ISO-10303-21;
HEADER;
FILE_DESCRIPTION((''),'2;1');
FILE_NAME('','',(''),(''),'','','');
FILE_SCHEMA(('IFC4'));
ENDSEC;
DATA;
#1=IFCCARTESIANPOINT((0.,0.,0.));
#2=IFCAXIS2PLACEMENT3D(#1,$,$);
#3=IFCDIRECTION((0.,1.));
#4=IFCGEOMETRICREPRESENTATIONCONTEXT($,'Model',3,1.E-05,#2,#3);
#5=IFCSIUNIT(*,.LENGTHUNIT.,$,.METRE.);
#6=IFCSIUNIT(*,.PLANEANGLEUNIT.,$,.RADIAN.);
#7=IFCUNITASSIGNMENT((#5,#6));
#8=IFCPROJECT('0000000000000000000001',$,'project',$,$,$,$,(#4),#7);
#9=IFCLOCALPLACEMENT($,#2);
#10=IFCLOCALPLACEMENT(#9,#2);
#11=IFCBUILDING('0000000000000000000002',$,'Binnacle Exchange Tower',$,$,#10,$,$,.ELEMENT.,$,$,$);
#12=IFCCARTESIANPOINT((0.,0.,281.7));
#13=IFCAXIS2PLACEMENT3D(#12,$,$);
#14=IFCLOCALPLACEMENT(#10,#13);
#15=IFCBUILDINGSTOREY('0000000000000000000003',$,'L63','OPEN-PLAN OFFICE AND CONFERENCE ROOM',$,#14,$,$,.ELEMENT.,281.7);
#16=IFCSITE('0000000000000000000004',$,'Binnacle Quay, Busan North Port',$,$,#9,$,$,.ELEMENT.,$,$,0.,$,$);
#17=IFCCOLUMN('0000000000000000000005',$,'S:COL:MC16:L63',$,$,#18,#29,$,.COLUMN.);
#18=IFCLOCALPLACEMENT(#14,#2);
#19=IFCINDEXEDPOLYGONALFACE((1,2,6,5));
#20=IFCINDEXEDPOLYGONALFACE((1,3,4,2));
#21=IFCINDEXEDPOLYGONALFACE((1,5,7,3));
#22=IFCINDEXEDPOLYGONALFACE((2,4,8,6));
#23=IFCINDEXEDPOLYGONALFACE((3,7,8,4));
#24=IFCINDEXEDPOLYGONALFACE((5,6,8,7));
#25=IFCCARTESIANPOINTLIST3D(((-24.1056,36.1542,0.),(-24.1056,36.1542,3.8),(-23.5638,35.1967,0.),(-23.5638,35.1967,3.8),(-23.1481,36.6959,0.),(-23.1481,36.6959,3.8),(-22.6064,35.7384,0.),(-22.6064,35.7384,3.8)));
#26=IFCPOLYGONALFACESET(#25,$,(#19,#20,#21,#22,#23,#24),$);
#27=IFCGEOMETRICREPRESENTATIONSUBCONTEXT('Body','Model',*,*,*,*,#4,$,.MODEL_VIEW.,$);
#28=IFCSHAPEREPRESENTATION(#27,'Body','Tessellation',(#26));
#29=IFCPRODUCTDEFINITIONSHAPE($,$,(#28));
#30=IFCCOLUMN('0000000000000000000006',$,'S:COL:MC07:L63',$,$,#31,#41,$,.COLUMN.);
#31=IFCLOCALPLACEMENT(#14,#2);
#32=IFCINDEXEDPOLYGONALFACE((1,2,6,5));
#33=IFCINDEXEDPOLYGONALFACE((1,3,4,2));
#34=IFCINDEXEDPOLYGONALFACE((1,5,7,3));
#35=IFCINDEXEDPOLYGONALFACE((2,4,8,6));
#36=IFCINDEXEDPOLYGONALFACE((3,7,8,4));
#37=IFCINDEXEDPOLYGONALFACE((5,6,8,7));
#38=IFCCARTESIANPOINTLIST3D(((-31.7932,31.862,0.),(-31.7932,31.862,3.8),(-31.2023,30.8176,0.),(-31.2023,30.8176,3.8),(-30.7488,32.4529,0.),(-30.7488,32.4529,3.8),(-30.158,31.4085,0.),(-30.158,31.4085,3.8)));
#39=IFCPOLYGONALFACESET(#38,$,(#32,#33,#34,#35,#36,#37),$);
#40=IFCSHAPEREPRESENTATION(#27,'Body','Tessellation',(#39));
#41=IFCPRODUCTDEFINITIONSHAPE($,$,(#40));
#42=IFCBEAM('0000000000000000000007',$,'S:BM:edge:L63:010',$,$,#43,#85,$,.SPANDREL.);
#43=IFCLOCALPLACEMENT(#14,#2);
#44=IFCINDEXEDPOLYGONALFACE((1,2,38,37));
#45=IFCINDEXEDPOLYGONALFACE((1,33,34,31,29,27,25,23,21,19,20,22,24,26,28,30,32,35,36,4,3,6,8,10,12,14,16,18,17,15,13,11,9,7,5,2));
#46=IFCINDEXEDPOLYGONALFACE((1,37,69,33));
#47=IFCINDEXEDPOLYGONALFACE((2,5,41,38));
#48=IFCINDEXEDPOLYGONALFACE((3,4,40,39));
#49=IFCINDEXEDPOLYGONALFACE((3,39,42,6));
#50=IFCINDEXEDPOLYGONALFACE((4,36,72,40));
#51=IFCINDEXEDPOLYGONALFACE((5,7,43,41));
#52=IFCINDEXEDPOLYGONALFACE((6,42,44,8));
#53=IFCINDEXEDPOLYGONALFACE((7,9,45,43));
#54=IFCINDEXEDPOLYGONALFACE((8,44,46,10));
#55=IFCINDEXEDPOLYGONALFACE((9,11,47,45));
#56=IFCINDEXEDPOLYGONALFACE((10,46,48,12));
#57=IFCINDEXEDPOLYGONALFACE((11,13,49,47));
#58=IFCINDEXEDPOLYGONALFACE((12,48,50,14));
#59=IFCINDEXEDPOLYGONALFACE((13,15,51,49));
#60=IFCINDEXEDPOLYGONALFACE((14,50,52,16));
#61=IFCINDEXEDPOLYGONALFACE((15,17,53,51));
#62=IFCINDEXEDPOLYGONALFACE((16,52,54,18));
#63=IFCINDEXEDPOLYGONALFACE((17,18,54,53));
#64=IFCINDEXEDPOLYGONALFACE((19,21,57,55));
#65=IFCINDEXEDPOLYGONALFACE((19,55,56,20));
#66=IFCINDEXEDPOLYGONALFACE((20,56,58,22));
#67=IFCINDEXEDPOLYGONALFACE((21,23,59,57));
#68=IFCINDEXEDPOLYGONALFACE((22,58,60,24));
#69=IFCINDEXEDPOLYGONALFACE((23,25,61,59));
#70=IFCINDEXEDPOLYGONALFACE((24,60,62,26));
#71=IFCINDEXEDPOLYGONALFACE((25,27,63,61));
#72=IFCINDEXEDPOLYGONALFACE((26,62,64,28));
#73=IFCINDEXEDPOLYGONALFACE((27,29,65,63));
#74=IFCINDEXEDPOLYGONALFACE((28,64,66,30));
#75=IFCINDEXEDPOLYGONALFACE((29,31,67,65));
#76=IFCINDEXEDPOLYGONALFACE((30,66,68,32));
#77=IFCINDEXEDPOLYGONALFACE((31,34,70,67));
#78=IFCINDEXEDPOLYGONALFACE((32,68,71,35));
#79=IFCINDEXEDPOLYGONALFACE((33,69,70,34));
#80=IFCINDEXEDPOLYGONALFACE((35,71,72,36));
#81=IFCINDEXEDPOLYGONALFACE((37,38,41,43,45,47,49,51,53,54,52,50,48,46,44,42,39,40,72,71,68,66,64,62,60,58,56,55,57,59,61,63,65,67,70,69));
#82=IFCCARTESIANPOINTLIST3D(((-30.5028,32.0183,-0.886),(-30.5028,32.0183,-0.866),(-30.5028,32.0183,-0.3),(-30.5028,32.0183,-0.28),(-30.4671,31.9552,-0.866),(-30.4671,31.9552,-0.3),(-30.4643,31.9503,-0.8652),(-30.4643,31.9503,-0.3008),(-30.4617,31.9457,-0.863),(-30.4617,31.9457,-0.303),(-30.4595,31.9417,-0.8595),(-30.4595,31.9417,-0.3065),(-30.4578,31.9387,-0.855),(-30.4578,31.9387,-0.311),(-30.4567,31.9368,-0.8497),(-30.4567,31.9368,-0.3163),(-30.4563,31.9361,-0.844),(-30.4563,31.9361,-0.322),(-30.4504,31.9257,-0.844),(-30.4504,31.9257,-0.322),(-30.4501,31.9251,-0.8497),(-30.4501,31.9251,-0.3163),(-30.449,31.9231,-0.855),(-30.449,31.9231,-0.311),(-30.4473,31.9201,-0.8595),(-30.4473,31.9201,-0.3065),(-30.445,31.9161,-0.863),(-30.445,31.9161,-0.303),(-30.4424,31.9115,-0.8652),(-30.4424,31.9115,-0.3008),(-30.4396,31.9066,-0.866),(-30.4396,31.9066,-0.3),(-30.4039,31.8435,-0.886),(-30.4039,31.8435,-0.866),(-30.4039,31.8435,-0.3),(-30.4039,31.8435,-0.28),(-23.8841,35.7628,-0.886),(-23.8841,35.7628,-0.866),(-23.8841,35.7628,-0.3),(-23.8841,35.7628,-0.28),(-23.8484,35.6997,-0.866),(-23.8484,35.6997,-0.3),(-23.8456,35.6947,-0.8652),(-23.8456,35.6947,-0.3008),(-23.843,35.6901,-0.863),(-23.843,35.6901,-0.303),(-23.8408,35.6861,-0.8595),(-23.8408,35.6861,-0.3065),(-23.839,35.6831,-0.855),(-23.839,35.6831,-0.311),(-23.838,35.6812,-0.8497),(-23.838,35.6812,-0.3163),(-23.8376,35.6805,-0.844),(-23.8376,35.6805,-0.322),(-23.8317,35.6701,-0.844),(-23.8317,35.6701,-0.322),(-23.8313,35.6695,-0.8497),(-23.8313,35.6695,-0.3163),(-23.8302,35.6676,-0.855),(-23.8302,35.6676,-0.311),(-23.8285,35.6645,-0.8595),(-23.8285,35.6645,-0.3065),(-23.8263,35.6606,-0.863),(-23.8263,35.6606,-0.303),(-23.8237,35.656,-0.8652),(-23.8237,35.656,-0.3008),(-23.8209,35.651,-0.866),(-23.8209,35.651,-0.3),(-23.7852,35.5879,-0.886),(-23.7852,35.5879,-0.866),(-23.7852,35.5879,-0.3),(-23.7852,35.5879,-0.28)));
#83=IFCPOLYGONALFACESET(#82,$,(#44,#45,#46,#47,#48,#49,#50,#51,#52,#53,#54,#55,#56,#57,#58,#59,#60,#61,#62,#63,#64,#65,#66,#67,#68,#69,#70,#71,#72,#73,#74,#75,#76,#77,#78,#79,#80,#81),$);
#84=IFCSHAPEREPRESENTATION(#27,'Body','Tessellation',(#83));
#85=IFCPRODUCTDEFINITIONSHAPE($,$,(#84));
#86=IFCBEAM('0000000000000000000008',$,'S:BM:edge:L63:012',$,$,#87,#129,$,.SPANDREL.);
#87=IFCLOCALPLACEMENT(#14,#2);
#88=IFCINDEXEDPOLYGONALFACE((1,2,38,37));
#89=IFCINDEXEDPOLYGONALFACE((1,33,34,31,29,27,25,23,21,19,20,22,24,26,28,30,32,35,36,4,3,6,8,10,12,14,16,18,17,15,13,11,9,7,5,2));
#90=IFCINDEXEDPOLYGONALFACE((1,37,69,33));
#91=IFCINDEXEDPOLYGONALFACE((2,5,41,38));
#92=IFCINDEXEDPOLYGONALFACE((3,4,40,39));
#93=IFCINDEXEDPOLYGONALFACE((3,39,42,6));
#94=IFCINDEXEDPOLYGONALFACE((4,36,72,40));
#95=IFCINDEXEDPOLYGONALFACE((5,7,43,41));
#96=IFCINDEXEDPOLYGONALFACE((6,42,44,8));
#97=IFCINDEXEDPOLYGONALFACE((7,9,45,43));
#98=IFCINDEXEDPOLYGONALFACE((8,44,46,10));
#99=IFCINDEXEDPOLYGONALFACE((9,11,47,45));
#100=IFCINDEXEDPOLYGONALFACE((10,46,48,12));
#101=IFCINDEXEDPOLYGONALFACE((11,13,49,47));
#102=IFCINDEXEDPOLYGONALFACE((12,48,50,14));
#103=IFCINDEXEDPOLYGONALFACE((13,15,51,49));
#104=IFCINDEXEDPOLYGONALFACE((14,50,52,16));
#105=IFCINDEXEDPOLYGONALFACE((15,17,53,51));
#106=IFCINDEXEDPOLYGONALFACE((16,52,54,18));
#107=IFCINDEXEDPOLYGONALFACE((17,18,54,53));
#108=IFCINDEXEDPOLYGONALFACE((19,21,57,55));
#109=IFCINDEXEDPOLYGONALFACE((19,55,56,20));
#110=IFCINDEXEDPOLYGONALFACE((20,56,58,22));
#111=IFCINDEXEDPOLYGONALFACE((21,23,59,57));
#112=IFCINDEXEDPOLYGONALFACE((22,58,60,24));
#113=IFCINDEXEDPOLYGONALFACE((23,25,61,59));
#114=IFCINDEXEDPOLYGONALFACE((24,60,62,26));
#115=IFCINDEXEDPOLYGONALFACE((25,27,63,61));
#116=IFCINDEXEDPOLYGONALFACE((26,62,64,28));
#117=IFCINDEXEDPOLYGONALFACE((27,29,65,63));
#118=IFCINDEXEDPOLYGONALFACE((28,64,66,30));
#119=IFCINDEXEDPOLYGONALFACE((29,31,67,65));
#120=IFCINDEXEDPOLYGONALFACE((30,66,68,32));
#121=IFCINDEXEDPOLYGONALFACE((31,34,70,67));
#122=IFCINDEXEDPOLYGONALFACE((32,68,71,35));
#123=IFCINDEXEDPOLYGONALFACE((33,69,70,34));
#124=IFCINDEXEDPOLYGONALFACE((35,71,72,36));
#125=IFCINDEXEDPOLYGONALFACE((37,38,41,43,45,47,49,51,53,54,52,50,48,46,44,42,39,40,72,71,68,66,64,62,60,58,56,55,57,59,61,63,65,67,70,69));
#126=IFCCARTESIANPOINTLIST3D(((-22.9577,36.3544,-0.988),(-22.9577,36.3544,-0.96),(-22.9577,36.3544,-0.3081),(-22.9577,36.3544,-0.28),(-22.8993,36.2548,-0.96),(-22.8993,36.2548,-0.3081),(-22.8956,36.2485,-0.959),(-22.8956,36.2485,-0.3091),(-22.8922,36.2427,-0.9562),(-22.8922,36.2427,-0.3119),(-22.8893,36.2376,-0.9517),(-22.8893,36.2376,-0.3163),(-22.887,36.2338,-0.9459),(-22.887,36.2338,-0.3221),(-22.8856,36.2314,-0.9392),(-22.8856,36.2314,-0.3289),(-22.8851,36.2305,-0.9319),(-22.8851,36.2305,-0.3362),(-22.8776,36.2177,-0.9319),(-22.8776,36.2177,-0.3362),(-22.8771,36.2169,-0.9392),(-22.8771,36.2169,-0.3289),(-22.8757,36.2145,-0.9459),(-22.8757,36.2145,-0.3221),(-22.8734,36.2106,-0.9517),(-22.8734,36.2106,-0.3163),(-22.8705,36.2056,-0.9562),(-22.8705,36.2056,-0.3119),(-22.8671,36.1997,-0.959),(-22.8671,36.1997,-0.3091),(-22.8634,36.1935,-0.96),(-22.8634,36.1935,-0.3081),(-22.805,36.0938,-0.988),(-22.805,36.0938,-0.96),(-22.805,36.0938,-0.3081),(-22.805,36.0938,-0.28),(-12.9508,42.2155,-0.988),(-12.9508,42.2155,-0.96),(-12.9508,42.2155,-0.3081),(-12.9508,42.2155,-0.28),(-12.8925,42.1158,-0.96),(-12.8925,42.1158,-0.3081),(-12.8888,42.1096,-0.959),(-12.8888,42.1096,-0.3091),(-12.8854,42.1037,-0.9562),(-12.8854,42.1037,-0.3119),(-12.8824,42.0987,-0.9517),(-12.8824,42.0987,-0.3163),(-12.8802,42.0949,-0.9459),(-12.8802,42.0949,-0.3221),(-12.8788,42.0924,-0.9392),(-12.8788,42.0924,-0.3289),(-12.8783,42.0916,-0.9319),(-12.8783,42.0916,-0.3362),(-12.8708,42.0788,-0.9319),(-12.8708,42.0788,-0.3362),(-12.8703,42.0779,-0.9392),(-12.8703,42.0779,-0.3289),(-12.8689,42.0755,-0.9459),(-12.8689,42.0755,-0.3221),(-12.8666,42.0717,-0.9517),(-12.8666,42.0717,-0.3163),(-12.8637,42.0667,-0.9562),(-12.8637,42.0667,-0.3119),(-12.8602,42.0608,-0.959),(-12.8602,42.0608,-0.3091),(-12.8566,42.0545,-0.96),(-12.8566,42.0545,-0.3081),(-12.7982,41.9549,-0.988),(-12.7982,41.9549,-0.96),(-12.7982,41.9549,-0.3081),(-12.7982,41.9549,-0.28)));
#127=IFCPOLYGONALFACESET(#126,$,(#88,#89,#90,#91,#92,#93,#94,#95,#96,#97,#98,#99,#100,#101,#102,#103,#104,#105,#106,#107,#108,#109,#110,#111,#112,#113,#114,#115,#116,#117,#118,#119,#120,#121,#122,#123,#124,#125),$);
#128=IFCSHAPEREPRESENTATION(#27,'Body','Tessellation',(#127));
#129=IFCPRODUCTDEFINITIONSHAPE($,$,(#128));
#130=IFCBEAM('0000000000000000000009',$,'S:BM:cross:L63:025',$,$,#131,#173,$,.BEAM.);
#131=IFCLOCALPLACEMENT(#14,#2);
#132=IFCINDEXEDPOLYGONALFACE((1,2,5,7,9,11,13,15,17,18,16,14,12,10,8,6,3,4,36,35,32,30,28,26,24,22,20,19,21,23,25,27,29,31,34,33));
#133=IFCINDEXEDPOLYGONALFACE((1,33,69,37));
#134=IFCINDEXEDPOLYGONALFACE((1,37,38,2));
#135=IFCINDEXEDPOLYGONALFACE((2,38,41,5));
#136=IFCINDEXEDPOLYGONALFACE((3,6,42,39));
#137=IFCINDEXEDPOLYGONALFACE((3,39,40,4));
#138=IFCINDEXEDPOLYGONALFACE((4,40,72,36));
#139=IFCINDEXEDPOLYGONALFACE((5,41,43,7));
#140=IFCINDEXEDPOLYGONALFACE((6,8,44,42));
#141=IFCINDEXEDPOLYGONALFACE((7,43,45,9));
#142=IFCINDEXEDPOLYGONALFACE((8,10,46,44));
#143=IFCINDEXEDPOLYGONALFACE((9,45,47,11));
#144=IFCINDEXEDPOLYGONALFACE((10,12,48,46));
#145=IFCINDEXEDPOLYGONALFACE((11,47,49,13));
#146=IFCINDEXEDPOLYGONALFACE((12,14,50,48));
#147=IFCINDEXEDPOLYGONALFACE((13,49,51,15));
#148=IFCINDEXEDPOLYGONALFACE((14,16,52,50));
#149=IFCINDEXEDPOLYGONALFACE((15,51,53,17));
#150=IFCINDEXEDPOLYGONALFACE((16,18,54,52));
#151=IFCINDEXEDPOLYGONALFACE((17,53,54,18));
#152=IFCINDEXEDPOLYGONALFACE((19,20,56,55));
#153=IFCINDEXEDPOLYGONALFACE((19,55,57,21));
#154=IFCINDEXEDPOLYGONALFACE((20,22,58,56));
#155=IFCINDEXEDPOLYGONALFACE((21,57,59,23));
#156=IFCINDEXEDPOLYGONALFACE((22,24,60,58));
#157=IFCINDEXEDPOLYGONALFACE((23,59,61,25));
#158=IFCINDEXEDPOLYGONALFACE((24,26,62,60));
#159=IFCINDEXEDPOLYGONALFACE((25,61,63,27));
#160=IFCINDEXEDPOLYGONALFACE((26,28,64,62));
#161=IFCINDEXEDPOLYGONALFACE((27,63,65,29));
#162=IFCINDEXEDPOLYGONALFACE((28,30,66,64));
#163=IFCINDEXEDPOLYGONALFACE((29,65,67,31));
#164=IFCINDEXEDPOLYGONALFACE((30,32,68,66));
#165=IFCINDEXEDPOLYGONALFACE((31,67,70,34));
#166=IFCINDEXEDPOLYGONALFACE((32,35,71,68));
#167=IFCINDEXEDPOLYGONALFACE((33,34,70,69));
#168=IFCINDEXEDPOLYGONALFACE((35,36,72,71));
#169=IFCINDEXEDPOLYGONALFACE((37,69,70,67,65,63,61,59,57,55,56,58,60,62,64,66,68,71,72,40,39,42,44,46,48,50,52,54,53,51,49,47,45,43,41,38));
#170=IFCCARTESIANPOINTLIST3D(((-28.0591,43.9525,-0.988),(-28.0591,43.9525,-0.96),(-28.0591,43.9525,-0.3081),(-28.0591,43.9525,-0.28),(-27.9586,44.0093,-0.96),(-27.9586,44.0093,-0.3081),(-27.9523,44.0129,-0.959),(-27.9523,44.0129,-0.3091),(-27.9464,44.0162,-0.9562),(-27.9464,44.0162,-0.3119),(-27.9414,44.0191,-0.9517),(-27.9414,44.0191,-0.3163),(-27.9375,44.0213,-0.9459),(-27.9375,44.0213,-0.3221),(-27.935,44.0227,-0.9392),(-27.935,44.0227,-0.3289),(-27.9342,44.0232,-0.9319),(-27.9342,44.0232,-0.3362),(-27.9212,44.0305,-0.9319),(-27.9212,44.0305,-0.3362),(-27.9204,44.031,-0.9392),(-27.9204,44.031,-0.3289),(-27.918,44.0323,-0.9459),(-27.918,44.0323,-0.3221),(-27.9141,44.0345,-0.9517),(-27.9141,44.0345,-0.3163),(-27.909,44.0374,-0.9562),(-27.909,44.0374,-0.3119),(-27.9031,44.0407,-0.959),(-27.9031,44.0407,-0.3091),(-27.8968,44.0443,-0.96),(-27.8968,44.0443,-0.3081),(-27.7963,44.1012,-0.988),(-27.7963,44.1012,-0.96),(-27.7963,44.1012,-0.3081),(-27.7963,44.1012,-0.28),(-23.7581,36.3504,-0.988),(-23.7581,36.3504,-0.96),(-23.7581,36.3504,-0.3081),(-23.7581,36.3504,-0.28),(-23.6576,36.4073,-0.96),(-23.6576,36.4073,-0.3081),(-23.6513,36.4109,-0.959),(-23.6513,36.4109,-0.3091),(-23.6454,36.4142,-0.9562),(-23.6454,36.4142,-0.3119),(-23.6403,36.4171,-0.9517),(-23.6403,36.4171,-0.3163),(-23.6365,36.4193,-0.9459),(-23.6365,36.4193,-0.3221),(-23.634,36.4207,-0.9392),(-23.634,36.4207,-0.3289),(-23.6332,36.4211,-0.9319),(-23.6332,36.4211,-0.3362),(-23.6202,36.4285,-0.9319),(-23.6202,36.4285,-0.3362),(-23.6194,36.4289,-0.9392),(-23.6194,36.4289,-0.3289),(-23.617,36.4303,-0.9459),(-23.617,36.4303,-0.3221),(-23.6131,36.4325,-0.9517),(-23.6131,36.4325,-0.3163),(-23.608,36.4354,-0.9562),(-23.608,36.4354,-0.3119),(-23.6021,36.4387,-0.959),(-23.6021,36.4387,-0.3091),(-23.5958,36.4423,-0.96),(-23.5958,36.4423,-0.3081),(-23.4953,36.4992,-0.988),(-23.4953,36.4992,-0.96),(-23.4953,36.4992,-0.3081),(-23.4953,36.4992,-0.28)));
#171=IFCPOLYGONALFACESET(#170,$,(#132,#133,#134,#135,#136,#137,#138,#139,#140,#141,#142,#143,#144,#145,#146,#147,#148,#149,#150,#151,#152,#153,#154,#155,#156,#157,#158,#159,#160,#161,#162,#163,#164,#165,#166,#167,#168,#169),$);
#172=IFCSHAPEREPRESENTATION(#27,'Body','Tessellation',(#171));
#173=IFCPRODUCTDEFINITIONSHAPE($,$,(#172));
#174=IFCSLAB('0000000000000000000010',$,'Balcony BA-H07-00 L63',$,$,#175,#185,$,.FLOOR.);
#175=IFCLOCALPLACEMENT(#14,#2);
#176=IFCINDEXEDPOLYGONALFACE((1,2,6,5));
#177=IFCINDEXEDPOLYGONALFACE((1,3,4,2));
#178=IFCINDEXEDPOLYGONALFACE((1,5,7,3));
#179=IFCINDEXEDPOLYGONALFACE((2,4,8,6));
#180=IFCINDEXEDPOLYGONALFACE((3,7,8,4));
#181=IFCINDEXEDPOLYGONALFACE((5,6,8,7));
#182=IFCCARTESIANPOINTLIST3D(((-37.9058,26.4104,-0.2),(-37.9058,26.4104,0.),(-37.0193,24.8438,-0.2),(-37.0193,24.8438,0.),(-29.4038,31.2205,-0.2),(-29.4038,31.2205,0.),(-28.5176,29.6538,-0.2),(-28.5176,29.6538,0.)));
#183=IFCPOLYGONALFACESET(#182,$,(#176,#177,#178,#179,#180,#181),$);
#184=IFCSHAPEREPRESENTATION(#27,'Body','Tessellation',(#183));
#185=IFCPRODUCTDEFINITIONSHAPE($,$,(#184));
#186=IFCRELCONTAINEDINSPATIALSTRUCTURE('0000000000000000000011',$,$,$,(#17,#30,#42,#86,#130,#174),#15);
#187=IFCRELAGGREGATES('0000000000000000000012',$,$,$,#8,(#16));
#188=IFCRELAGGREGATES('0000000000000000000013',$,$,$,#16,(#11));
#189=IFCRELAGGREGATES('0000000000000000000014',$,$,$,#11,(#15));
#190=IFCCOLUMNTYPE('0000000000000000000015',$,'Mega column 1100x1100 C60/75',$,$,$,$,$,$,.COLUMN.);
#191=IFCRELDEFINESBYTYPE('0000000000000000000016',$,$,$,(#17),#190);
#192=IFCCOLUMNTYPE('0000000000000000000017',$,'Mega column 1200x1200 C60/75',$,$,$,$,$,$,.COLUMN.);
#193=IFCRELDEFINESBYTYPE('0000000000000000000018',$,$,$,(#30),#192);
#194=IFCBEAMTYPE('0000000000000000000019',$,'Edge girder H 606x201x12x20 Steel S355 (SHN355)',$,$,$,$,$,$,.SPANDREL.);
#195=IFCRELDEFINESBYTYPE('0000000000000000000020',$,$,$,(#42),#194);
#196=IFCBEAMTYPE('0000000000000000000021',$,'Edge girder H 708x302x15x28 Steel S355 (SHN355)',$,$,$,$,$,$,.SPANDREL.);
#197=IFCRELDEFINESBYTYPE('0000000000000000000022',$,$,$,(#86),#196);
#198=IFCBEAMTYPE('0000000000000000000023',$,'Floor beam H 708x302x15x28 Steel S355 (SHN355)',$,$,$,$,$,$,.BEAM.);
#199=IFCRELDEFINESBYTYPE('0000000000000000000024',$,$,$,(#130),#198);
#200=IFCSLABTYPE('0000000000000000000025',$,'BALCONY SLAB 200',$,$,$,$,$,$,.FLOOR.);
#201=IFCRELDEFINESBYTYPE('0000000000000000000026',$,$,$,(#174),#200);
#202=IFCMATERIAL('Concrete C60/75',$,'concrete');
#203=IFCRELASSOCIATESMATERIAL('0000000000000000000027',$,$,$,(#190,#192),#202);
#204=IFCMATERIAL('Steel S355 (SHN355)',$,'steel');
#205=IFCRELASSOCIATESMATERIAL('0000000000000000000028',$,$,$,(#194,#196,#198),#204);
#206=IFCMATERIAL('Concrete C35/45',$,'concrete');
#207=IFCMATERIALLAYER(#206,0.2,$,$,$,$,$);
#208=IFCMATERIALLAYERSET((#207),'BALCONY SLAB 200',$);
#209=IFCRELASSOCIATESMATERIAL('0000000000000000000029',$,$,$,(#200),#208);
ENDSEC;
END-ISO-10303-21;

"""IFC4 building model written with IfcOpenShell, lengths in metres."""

from ifc_helpers import new_model, si_unit, direction, frame, origin, origin_2d, place, context, subcontext, project, spatial, polyline, rectangle, i_section, outline, extrude, material, layer, layer_set, material_profile, profile_set, type_object, element, save


model = new_model("IFC4")

# Units and contexts
model_context = context("Model", 3, precision=1e-05, world=origin(), true_north=direction((0.0, 1.0)))
body_context = subcontext(model_context, "Body", "Model", "MODEL_VIEW")
ifc_project = project(units=[si_unit("LENGTHUNIT", "METRE"), si_unit("PLANEANGLEUNIT", "RADIAN")], contexts=[model_context])

# Site, building, storey
site_placement = place(None, origin())
site = spatial("IfcSite", under=ifc_project, at=site_placement, Name="Binnacle Quay, Busan North Port", CompositionType="ELEMENT", RefElevation=0.0)
building_placement = place(site_placement, origin())
building = spatial("IfcBuilding", under=site, at=building_placement, Name="Binnacle Exchange Tower", CompositionType="ELEMENT")
storey_placement = place(building_placement, frame((0.0, 0.0, 281.7)))
storey = spatial("IfcBuildingStorey", under=building, at=storey_placement, Name="L63", Description="OPEN-PLAN OFFICE AND CONFERENCE ROOM", CompositionType="ELEMENT", Elevation=281.7)

# Columns
ifc_material_1 = material(Name="Concrete C60/75", Category="concrete")
ifc_material_profile_1 = material_profile(ifc_material_1, rectangle(XDim=1.1001, YDim=1.1001, at=origin_2d()), Name="Mega column 1100x1100 C60/75")
ifc_profile_set_1 = profile_set([ifc_material_profile_1], Name="Concrete C60/75")
column_type_1 = type_object("IfcColumnType", Name="Mega column 1100x1100 C60/75", PredefinedType="COLUMN", material=ifc_profile_set_1)
column_1_placement = place(storey_placement, frame((-23.356, 35.9463, 0.0), z_axis=(0.0, 0.0, 1.0), x_axis=(0.870356, 0.492424, 0.0)))
element("IfcColumn", 1, at=column_1_placement, inside=storey, type_object=column_type_1, Name="S:COL:MC16:L63", PredefinedType="COLUMN", context=body_context, shape_type="SweptSolid", body=[
    extrude(rectangle(XDim=1.1001, YDim=1.1001, at=origin_2d()), origin(), (0.0, 0.0, 1.0), 3.8),
])
ifc_material_profile_2 = material_profile(ifc_material_1, rectangle(XDim=1.2, YDim=1.2, at=origin_2d()), Name="Mega column 1200x1200 C60/75")
ifc_profile_set_2 = profile_set([ifc_material_profile_2], Name="Concrete C60/75")
column_type_2 = type_object("IfcColumnType", Name="Mega column 1200x1200 C60/75", PredefinedType="COLUMN", material=ifc_profile_set_2)
column_2_placement = place(storey_placement, frame((-30.9756, 31.6353, 0.0), z_axis=(0.0, 0.0, 1.0), x_axis=(0.870356, 0.492424, 0.0)))
element("IfcColumn", 2, at=column_2_placement, inside=storey, type_object=column_type_2, Name="S:COL:MC07:L63", PredefinedType="COLUMN", context=body_context, shape_type="SweptSolid", body=[
    extrude(rectangle(XDim=1.2, YDim=1.2, at=origin_2d()), origin(), (0.0, 0.0, 1.0), 3.8),
])

# Beams
ifc_material_2 = material(Name="Steel S355 (SHN355)", Category="steel")
ifc_material_profile_3 = material_profile(ifc_material_2, i_section(OverallWidth=0.2009, OverallDepth=0.606, WebThickness=0.012, FlangeThickness=0.02, FilletRadius=0.022, at=origin_2d()), Name="H 606x201x12x20")
ifc_profile_set_3 = profile_set([ifc_material_profile_3], Name="Steel S355 (SHN355)")
beam_type_1 = type_object("IfcBeamType", Name="Edge girder H 606x201x12x20 Steel S355 (SHN355)", PredefinedType="SPANDREL", material=ifc_profile_set_3)
beam_1_placement = place(storey_placement, frame((-30.4534, 31.9309, -0.583), z_axis=(0.870371, 0.492397, 0.0), x_axis=(-0.492397, 0.870371, 0.0)))
element("IfcBeam", 3, at=beam_1_placement, inside=storey, type_object=beam_type_1, Name="S:BM:edge:L63:010", PredefinedType="SPANDREL", context=body_context, shape_type="SweptSolid", body=[
    extrude(i_section(OverallWidth=0.2009, OverallDepth=0.606, WebThickness=0.012, FlangeThickness=0.02, FilletRadius=0.022, at=origin_2d()), origin(), (0.0, 0.0, 1.0), 7.6045),
])
ifc_material_profile_4 = material_profile(ifc_material_2, i_section(OverallWidth=0.302, OverallDepth=0.708, WebThickness=0.0149, FlangeThickness=0.0281, FilletRadius=0.0281, at=origin_2d()), Name="H 708x302x15x28")
ifc_profile_set_4 = profile_set([ifc_material_profile_4], Name="Steel S355 (SHN355)")
beam_type_2 = type_object("IfcBeamType", Name="Edge girder H 708x302x15x28 Steel S355 (SHN355)", PredefinedType="SPANDREL", material=ifc_profile_set_4)
beam_2_placement = place(storey_placement, frame((-22.8813, 36.2241, -0.634), z_axis=(0.862886, 0.505399, 0.0), x_axis=(-0.505399, 0.862886, 0.0)))
element("IfcBeam", 4, at=beam_2_placement, inside=storey, type_object=beam_type_2, Name="S:BM:edge:L63:012", PredefinedType="SPANDREL", context=body_context, shape_type="SweptSolid", body=[
    extrude(i_section(OverallWidth=0.302, OverallDepth=0.708, WebThickness=0.0149, FlangeThickness=0.0281, FilletRadius=0.0281, at=origin_2d()), origin(), (0.0, 0.0, 1.0), 11.5969),
])
ifc_material_profile_5 = material_profile(ifc_material_2, i_section(OverallWidth=0.302, OverallDepth=0.708, WebThickness=0.0149, FlangeThickness=0.0281, FilletRadius=0.0281, at=origin_2d()), Name="H 708x302x15x28")
ifc_profile_set_5 = profile_set([ifc_material_profile_5], Name="Steel S355 (SHN355)")
beam_type_3 = type_object("IfcBeamType", Name="Floor beam H 708x302x15x28 Steel S355 (SHN355)", PredefinedType="BEAM", material=ifc_profile_set_5)
beam_3_placement = place(storey_placement, frame((-23.6267, 36.4248, -0.634), z_axis=(-0.492423, 0.870356, 0.0), x_axis=(-0.870356, -0.492423, 0.0)))
element("IfcBeam", 5, at=beam_3_placement, inside=storey, type_object=beam_type_3, Name="S:BM:cross:L63:025", PredefinedType="BEAM", context=body_context, shape_type="SweptSolid", body=[
    extrude(i_section(OverallWidth=0.302, OverallDepth=0.708, WebThickness=0.0149, FlangeThickness=0.0281, FilletRadius=0.0281, at=origin_2d()), origin(), (0.0, 0.0, 1.0), 8.7344),
])

# Slab
ifc_material_3 = material(Name="Concrete C35/45", Category="concrete")
ifc_layer_1 = layer(ifc_material_3, 0.2)
ifc_layer_set_1 = layer_set([ifc_layer_1], Name="BALCONY SLAB 200")
slab_type_1 = type_object("IfcSlabType", Name="BALCONY SLAB 200", PredefinedType="FLOOR", material=ifc_layer_set_1)
slab_1_placement = place(storey_placement, frame((0.0, 0.0, -0.2)))
element("IfcSlab", 6, at=slab_1_placement, inside=storey, type_object=slab_type_1, Name="Balcony BA-H07-00 L63", PredefinedType="FLOOR", context=body_context, shape_type="SweptSolid", body=[
    extrude(outline(polyline([(-37.9058, 26.4104), (-29.4038, 31.2205), (-28.5176, 29.6538), (-37.0193, 24.8438), (-37.9058, 26.4104)])), origin(), (0.0, 0.0, 1.0), 0.2),
])

save(model, "model.ifc")
